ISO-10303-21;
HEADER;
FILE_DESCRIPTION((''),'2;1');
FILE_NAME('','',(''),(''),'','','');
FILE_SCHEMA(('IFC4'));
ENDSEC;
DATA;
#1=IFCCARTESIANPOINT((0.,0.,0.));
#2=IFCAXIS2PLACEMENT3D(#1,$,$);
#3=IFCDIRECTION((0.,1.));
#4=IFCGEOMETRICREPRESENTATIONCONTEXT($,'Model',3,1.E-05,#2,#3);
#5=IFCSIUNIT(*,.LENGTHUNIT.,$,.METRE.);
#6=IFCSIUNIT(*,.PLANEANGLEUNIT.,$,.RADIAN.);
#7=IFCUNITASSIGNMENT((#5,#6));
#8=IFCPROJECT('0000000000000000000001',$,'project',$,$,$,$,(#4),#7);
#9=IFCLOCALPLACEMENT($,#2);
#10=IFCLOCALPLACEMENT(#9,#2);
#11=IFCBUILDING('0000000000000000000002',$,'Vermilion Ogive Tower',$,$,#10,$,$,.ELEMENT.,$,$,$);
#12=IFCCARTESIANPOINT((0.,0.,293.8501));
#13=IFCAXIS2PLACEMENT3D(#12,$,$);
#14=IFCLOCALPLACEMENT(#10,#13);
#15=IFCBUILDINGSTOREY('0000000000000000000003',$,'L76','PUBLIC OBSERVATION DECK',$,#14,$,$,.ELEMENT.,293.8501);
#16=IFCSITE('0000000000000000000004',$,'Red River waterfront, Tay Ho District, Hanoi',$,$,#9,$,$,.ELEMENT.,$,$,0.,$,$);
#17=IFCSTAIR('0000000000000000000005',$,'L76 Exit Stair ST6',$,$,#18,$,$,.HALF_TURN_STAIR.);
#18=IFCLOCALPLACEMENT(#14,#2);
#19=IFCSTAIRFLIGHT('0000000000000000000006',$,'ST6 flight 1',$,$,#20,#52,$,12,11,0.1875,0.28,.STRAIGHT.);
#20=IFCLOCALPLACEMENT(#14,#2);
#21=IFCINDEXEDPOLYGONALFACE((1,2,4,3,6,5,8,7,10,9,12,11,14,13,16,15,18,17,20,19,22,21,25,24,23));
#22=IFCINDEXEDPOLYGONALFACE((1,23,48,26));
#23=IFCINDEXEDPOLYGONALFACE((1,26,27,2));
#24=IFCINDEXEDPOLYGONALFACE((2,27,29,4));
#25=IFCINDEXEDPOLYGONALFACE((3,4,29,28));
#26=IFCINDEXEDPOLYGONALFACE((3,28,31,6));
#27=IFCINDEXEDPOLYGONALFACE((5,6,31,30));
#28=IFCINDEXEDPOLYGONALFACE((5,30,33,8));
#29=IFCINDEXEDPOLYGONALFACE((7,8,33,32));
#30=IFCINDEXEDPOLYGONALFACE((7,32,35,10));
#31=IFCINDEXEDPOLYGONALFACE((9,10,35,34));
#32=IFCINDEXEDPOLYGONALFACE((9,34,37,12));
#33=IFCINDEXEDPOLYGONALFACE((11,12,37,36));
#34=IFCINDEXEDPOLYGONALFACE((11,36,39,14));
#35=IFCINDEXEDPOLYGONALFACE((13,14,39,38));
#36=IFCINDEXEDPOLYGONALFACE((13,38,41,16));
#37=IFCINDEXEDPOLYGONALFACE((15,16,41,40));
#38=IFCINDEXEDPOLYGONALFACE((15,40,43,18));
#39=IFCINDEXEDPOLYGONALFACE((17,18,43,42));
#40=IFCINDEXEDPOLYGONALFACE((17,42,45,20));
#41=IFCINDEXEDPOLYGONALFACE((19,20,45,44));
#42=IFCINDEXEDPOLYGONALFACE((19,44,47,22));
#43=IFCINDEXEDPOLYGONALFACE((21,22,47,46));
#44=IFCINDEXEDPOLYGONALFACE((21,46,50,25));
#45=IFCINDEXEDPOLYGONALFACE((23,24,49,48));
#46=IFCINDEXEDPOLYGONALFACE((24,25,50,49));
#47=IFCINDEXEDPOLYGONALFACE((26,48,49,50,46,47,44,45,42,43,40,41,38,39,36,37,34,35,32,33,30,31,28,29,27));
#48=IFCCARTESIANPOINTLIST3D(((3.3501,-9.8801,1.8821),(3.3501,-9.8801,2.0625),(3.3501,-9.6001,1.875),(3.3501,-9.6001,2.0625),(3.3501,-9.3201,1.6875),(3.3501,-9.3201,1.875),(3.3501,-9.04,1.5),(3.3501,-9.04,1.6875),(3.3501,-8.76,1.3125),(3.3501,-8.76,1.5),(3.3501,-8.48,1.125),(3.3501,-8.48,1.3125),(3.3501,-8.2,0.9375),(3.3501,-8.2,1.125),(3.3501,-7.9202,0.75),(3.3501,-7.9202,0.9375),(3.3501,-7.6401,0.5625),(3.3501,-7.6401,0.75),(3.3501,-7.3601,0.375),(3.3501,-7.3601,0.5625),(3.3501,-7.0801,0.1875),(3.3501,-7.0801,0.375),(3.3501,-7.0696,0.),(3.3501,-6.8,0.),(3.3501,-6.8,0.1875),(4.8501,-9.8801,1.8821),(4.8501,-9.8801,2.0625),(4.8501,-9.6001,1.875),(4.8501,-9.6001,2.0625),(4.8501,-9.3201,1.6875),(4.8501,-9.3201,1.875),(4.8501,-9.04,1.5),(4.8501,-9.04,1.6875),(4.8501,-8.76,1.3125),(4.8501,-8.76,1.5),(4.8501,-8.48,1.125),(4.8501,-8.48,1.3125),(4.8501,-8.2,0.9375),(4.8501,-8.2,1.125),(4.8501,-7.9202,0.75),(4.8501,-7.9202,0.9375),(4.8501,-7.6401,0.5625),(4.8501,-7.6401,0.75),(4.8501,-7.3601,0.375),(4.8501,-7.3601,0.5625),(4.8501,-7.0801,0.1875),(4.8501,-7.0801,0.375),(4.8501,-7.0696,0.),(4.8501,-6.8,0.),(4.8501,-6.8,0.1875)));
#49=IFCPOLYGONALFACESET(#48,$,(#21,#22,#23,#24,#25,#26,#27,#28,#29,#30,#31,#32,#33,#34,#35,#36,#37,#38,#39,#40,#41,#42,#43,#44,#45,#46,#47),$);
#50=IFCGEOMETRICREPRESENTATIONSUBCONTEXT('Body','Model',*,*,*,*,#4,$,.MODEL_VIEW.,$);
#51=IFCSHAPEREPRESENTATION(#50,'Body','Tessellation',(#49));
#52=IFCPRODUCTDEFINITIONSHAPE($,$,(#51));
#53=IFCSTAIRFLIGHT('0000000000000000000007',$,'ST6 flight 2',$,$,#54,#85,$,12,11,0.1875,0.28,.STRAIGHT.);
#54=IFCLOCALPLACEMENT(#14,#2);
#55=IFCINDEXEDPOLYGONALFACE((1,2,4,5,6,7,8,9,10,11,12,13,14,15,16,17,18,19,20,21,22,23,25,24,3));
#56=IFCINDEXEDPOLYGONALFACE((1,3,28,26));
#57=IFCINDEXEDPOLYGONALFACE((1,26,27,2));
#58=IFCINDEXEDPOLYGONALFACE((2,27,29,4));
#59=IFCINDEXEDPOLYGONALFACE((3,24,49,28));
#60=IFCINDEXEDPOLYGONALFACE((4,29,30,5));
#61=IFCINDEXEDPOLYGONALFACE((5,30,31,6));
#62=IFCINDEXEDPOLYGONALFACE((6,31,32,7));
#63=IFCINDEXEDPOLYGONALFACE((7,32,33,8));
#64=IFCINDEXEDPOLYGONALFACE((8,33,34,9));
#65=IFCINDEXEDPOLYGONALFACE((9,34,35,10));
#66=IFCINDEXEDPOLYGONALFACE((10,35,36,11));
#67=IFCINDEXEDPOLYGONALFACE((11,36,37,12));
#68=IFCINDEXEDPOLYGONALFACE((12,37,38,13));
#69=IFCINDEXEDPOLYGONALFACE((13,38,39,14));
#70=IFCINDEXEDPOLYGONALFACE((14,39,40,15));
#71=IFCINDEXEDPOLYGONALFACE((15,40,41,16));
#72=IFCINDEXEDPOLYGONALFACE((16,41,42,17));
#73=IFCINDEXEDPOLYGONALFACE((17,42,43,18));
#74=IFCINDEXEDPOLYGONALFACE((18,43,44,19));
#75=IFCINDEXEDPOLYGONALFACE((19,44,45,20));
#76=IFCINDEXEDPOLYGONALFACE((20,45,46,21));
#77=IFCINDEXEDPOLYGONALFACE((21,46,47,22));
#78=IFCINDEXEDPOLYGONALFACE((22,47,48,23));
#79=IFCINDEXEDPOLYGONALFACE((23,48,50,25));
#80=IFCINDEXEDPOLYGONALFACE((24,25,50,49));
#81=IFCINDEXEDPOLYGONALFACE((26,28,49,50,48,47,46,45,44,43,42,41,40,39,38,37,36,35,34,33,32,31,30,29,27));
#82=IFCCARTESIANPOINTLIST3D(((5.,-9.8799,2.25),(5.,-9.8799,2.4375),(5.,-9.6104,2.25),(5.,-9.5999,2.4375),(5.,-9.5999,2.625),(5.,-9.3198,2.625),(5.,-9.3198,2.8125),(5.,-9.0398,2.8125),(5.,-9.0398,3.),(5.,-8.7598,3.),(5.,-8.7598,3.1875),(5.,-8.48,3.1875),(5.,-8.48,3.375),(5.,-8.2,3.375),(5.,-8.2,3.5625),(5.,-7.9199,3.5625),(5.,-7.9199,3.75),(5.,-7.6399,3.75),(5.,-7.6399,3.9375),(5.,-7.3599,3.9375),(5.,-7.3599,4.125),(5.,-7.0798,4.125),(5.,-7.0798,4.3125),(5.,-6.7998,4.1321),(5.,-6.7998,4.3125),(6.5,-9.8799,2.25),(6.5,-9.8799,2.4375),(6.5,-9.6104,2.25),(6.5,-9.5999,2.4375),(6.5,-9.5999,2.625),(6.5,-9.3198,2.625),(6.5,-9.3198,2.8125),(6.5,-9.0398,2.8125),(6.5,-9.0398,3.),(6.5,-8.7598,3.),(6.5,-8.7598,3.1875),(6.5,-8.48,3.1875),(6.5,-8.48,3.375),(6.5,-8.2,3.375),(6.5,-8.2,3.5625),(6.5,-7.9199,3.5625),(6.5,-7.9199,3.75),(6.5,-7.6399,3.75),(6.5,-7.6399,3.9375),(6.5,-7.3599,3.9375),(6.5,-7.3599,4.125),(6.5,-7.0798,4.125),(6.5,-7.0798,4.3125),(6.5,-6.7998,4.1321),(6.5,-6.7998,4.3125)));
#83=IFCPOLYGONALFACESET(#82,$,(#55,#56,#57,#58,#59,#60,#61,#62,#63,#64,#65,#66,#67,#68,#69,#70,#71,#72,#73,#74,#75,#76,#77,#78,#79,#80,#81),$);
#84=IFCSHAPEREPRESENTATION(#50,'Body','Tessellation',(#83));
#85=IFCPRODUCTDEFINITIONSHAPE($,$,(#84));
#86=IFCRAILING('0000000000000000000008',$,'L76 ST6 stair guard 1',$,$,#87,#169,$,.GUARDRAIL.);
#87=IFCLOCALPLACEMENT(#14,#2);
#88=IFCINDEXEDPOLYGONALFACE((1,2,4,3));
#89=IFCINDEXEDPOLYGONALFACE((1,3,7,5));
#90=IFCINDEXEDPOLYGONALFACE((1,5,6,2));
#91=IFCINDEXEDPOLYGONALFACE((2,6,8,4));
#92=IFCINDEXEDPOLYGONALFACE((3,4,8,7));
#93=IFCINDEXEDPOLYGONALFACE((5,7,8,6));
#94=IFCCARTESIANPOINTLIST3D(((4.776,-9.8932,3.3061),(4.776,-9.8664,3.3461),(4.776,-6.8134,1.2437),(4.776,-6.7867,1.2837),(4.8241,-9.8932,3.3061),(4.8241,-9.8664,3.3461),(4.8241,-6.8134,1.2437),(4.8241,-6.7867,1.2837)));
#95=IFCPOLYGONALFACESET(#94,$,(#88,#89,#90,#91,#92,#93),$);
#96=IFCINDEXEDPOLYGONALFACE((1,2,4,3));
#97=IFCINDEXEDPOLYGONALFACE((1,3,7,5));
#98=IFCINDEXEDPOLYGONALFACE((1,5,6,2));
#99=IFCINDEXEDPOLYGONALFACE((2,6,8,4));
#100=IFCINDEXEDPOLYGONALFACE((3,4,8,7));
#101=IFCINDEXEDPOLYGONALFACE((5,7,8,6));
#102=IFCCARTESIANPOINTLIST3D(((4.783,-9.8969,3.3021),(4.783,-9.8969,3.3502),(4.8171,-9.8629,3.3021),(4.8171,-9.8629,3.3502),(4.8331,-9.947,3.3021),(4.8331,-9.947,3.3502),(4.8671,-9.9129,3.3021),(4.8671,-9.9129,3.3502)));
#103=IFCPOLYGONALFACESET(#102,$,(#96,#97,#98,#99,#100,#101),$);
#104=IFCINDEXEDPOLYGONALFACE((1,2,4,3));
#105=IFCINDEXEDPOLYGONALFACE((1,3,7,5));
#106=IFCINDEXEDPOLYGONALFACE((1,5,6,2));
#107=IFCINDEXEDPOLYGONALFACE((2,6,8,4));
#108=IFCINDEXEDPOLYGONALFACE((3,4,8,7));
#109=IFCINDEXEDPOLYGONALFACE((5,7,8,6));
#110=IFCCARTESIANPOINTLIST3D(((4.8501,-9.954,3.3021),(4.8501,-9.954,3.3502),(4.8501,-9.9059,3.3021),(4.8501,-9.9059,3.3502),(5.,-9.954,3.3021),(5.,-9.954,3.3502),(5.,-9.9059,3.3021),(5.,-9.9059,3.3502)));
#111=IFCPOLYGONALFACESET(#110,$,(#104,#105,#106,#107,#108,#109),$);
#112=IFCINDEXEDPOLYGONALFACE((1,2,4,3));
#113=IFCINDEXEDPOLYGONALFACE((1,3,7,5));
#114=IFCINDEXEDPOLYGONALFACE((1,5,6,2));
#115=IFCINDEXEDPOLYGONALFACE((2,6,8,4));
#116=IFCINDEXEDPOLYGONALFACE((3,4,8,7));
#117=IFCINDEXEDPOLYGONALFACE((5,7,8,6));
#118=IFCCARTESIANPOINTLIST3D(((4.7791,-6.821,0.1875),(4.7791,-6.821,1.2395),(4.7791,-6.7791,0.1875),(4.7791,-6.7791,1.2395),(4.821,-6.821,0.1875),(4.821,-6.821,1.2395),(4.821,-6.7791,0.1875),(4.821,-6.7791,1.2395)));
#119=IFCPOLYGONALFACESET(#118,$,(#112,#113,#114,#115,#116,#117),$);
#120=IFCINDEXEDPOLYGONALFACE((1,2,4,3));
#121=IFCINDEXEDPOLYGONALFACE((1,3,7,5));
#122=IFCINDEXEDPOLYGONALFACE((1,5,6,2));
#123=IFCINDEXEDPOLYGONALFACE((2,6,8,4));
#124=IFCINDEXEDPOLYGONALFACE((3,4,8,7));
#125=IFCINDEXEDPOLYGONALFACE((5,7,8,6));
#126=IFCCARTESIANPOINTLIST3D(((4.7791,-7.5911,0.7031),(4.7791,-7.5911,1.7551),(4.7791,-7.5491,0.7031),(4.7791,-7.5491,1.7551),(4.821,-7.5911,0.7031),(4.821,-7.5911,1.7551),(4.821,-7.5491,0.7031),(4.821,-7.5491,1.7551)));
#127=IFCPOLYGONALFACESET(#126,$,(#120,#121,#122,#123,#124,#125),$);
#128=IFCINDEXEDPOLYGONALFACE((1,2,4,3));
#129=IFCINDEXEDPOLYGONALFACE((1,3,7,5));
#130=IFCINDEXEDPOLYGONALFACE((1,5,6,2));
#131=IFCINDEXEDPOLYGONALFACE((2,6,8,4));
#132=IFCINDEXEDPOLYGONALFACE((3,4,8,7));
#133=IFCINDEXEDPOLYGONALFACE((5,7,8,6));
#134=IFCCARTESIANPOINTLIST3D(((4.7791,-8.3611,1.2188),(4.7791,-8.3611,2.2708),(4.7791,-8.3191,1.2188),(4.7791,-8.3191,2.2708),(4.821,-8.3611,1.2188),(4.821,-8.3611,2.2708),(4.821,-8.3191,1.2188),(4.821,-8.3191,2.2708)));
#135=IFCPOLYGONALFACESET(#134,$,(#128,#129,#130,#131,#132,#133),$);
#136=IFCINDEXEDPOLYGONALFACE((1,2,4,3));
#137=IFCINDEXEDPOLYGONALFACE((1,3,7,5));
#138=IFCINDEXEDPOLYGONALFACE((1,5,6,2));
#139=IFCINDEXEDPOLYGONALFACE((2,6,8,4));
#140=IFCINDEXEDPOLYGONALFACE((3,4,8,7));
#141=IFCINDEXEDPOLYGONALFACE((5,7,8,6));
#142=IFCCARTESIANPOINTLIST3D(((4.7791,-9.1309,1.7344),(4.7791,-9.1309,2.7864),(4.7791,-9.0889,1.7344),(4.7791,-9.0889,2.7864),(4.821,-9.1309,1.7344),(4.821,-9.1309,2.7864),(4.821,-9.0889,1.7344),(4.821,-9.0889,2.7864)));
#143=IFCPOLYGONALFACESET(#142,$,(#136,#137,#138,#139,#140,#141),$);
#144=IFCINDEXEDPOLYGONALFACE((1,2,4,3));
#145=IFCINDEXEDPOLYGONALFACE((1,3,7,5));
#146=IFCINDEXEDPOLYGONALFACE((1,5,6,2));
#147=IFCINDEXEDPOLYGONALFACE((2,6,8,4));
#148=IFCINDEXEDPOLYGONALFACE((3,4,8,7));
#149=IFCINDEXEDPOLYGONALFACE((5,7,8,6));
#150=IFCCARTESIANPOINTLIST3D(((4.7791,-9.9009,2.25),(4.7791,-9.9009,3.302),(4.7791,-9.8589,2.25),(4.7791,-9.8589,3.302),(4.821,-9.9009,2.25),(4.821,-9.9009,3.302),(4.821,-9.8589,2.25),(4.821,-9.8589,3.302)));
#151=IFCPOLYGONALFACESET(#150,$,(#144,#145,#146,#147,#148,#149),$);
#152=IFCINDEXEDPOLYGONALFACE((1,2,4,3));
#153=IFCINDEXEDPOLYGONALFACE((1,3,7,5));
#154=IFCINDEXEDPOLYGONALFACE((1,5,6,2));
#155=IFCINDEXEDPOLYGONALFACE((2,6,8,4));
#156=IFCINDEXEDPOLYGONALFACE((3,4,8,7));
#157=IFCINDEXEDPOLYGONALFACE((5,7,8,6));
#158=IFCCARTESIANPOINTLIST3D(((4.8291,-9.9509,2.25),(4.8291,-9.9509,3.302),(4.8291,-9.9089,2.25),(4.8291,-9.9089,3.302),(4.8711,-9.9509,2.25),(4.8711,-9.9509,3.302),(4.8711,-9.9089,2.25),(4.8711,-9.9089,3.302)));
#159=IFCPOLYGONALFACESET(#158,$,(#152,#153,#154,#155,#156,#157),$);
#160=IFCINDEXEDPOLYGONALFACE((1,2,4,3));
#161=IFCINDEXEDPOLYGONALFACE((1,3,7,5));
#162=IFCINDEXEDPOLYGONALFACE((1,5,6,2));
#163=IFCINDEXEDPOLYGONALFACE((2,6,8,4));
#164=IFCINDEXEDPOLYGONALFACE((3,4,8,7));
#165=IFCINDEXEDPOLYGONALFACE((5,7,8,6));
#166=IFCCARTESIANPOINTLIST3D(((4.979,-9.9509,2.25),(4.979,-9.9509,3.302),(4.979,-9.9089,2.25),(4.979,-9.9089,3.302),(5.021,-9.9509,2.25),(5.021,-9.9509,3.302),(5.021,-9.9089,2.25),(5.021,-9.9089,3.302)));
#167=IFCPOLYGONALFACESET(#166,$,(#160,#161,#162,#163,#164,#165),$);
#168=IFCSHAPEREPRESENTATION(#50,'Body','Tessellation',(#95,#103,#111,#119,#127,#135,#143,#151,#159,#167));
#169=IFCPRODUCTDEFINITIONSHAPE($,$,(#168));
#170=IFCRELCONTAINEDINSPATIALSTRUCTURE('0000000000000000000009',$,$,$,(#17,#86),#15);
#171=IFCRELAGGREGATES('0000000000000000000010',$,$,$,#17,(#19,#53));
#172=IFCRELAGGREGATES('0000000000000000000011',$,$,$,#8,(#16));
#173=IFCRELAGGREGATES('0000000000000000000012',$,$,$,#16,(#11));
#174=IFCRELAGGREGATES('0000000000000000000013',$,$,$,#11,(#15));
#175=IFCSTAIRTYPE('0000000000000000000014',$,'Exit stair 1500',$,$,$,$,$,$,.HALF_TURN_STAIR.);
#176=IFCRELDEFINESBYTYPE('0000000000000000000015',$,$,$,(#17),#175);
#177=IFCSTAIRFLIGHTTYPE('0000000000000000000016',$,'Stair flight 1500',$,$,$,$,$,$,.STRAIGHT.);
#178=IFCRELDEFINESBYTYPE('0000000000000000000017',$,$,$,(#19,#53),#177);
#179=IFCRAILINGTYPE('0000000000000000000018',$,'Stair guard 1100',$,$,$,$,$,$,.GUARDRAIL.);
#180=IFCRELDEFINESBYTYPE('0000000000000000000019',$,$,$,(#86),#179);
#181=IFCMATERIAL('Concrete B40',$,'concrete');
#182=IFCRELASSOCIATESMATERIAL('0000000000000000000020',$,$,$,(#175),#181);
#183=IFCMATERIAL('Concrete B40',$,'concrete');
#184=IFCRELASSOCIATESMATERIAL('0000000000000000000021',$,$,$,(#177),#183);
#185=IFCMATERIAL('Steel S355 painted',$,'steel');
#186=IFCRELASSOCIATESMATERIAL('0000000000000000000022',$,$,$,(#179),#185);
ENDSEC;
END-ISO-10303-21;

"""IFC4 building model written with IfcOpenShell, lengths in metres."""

from ifc_helpers import new_model, si_unit, direction, frame, origin, origin_2d, place, context, subcontext, project, spatial, polyline, rectangle, outline, extrude, material, type_object, element, aggregate, save


model = new_model("IFC4")

# Units and contexts
model_context = context("Model", 3, precision=1e-05, world=origin(), true_north=direction((0.0, 1.0)))
body_context = subcontext(model_context, "Body", "Model", "MODEL_VIEW")
ifc_project = project(units=[si_unit("LENGTHUNIT", "METRE"), si_unit("PLANEANGLEUNIT", "RADIAN")], contexts=[model_context])

# Site, building, storey
site_placement = place(None, origin())
site = spatial("IfcSite", under=ifc_project, at=site_placement, Name="Red River waterfront, Tay Ho District, Hanoi", CompositionType="ELEMENT", RefElevation=0.0)
building_placement = place(site_placement, origin())
building = spatial("IfcBuilding", under=site, at=building_placement, Name="Vermilion Ogive Tower", CompositionType="ELEMENT")
storey_placement = place(building_placement, frame((0.0, 0.0, 293.8501)))
storey = spatial("IfcBuildingStorey", under=building, at=storey_placement, Name="L76", Description="PUBLIC OBSERVATION DECK", CompositionType="ELEMENT", Elevation=293.8501)

# Stair, stair flights
ifc_material_1 = material(Name="Concrete B40", Category="concrete")
stair_type = type_object("IfcStairType", Name="Exit stair 1500", PredefinedType="HALF_TURN_STAIR", material=ifc_material_1)
stair_placement = place(storey_placement, origin())
stair = element("IfcStair", 1, at=stair_placement, inside=storey, type_object=stair_type, Name="L76 Exit Stair ST6", PredefinedType="HALF_TURN_STAIR")
ifc_material_2 = material(Name="Concrete B40", Category="concrete")
stair_flight_type = type_object("IfcStairFlightType", Name="Stair flight 1500", PredefinedType="STRAIGHT", material=ifc_material_2)
stair_flight_1_placement = place(storey_placement, frame((4.1001, -6.8, 0.0), z_axis=(0.0, 0.0, 1.0), x_axis=(0.0, -1.0, 0.0)))
stair_flight_1 = element("IfcStairFlight", 2, at=stair_flight_1_placement, type_object=stair_flight_type, Name="ST6 flight 1", NumberOfRisers=12, NumberOfTreads=11, PredefinedType="STRAIGHT", RiserHeight=0.1875, TreadLength=0.28, context=body_context, shape_type="SweptSolid", body=[
    extrude(outline(polyline([(0.0, 0.0), (0.0, 0.1875), (0.28, 0.1875), (0.28, 0.375), (0.5601, 0.375), (0.5601, 0.5625), (0.8401, 0.5625), (0.8401, 0.75), (1.1201, 0.75), (1.1201, 0.9375), (1.3999, 0.9375), (1.3999, 1.125), (1.6799, 1.125), (1.6799, 1.3125), (1.96, 1.3125), (1.96, 1.5), (2.24, 1.5), (2.24, 1.6875), (2.52, 1.6875), (2.52, 1.875), (2.8, 1.875), (2.8, 2.0625), (3.0801, 2.0625), (3.0801, 2.25), (3.0801, 1.8821), (0.2695, 0.0), (0.0, 0.0)])), frame((0.0, 0.75, 0.0), z_axis=(0.0, -1.0, 0.0), x_axis=(1.0, 0.0, 0.0)), (0.0, 0.0, 1.0), 1.5),
])
stair_flight_2_placement = place(storey_placement, frame((5.75, -9.8799, 2.25), z_axis=(0.0, 0.0, 1.0), x_axis=(0.0, 1.0, 0.0)))
stair_flight_2 = element("IfcStairFlight", 3, at=stair_flight_2_placement, type_object=stair_flight_type, Name="ST6 flight 2", NumberOfRisers=12, NumberOfTreads=11, PredefinedType="STRAIGHT", RiserHeight=0.1875, TreadLength=0.28, context=body_context, shape_type="SweptSolid", body=[
    extrude(outline(polyline([(0.0, 0.0), (0.0, 0.1875), (0.28, 0.1875), (0.28, 0.375), (0.5601, 0.375), (0.5601, 0.5625), (0.8401, 0.5625), (0.8401, 0.75), (1.1201, 0.75), (1.1201, 0.9375), (1.3999, 0.9375), (1.3999, 1.125), (1.6799, 1.125), (1.6799, 1.3125), (1.96, 1.3125), (1.96, 1.5), (2.24, 1.5), (2.24, 1.6875), (2.52, 1.6875), (2.52, 1.875), (2.8, 1.875), (2.8, 2.0625), (3.0801, 2.0625), (3.0801, 2.25), (3.0801, 1.8821), (0.2695, 0.0), (0.0, 0.0)])), frame((0.0, 0.75, 0.0), z_axis=(0.0, -1.0, 0.0), x_axis=(1.0, 0.0, 0.0)), (0.0, 0.0, 1.0), 1.5),
])
aggregate(stair, [stair_flight_1, stair_flight_2])

# Railing
ifc_material_3 = material(Name="Steel S355 painted", Category="steel")
railing_type_1 = type_object("IfcRailingType", Name="Stair guard 1100", PredefinedType="GUARDRAIL", material=ifc_material_3)
railing_1_placement = place(storey_placement, frame((4.8, -6.8, 0.1875)))
element("IfcRailing", 4, at=railing_1_placement, inside=storey, type_object=railing_type_1, Name="L76 ST6 stair guard 1", PredefinedType="GUARDRAIL", context=body_context, shape_type="SweptSolid", body=[
    extrude(rectangle(XDim=0.0481, YDim=0.0481, at=origin_2d()), frame((0.0, 0.0, 1.0762), z_axis=(0.0, -0.830893, 0.556432), x_axis=(1.0, 0.0, 0.0)), (0.0, 0.0, 1.0), 3.7065),
    extrude(rectangle(XDim=0.0481, YDim=0.0481, at=origin_2d()), frame((0.0, -3.0798, 3.1387), z_axis=(0.707107, -0.707107, 0.0), x_axis=(0.707107, 0.707107, 0.0)), (0.0, 0.0, 1.0), 0.0708),
    extrude(rectangle(XDim=0.0481, YDim=0.0481, at=origin_2d()), frame((0.05, -3.1299, 3.1387), z_axis=(1.0, 0.0, 0.0), x_axis=(0.0, 1.0, 0.0)), (0.0, 0.0, 1.0), 0.1499),
    extrude(rectangle(XDim=0.042, YDim=0.042, at=origin_2d()), origin(), (0.0, 0.0, 1.0), 1.052),
    extrude(rectangle(XDim=0.042, YDim=0.042, at=origin_2d()), frame((0.0, -0.77, 0.5156)), (0.0, 0.0, 1.0), 1.052),
    extrude(rectangle(XDim=0.042, YDim=0.042, at=origin_2d()), frame((0.0, -1.54, 1.0312)), (0.0, 0.0, 1.0), 1.052),
    extrude(rectangle(XDim=0.042, YDim=0.042, at=origin_2d()), frame((0.0, -2.3098, 1.5469)), (0.0, 0.0, 1.0), 1.052),
    extrude(rectangle(XDim=0.042, YDim=0.042, at=origin_2d()), frame((0.0, -3.0798, 2.0625)), (0.0, 0.0, 1.0), 1.052),
    extrude(rectangle(XDim=0.042, YDim=0.042, at=origin_2d()), frame((0.05, -3.1299, 2.0625)), (0.0, 0.0, 1.0), 1.052),
    extrude(rectangle(XDim=0.042, YDim=0.042, at=origin_2d()), frame((0.2, -3.1299, 2.0625)), (0.0, 0.0, 1.0), 1.052),
])

save(model, "model.ifc")
